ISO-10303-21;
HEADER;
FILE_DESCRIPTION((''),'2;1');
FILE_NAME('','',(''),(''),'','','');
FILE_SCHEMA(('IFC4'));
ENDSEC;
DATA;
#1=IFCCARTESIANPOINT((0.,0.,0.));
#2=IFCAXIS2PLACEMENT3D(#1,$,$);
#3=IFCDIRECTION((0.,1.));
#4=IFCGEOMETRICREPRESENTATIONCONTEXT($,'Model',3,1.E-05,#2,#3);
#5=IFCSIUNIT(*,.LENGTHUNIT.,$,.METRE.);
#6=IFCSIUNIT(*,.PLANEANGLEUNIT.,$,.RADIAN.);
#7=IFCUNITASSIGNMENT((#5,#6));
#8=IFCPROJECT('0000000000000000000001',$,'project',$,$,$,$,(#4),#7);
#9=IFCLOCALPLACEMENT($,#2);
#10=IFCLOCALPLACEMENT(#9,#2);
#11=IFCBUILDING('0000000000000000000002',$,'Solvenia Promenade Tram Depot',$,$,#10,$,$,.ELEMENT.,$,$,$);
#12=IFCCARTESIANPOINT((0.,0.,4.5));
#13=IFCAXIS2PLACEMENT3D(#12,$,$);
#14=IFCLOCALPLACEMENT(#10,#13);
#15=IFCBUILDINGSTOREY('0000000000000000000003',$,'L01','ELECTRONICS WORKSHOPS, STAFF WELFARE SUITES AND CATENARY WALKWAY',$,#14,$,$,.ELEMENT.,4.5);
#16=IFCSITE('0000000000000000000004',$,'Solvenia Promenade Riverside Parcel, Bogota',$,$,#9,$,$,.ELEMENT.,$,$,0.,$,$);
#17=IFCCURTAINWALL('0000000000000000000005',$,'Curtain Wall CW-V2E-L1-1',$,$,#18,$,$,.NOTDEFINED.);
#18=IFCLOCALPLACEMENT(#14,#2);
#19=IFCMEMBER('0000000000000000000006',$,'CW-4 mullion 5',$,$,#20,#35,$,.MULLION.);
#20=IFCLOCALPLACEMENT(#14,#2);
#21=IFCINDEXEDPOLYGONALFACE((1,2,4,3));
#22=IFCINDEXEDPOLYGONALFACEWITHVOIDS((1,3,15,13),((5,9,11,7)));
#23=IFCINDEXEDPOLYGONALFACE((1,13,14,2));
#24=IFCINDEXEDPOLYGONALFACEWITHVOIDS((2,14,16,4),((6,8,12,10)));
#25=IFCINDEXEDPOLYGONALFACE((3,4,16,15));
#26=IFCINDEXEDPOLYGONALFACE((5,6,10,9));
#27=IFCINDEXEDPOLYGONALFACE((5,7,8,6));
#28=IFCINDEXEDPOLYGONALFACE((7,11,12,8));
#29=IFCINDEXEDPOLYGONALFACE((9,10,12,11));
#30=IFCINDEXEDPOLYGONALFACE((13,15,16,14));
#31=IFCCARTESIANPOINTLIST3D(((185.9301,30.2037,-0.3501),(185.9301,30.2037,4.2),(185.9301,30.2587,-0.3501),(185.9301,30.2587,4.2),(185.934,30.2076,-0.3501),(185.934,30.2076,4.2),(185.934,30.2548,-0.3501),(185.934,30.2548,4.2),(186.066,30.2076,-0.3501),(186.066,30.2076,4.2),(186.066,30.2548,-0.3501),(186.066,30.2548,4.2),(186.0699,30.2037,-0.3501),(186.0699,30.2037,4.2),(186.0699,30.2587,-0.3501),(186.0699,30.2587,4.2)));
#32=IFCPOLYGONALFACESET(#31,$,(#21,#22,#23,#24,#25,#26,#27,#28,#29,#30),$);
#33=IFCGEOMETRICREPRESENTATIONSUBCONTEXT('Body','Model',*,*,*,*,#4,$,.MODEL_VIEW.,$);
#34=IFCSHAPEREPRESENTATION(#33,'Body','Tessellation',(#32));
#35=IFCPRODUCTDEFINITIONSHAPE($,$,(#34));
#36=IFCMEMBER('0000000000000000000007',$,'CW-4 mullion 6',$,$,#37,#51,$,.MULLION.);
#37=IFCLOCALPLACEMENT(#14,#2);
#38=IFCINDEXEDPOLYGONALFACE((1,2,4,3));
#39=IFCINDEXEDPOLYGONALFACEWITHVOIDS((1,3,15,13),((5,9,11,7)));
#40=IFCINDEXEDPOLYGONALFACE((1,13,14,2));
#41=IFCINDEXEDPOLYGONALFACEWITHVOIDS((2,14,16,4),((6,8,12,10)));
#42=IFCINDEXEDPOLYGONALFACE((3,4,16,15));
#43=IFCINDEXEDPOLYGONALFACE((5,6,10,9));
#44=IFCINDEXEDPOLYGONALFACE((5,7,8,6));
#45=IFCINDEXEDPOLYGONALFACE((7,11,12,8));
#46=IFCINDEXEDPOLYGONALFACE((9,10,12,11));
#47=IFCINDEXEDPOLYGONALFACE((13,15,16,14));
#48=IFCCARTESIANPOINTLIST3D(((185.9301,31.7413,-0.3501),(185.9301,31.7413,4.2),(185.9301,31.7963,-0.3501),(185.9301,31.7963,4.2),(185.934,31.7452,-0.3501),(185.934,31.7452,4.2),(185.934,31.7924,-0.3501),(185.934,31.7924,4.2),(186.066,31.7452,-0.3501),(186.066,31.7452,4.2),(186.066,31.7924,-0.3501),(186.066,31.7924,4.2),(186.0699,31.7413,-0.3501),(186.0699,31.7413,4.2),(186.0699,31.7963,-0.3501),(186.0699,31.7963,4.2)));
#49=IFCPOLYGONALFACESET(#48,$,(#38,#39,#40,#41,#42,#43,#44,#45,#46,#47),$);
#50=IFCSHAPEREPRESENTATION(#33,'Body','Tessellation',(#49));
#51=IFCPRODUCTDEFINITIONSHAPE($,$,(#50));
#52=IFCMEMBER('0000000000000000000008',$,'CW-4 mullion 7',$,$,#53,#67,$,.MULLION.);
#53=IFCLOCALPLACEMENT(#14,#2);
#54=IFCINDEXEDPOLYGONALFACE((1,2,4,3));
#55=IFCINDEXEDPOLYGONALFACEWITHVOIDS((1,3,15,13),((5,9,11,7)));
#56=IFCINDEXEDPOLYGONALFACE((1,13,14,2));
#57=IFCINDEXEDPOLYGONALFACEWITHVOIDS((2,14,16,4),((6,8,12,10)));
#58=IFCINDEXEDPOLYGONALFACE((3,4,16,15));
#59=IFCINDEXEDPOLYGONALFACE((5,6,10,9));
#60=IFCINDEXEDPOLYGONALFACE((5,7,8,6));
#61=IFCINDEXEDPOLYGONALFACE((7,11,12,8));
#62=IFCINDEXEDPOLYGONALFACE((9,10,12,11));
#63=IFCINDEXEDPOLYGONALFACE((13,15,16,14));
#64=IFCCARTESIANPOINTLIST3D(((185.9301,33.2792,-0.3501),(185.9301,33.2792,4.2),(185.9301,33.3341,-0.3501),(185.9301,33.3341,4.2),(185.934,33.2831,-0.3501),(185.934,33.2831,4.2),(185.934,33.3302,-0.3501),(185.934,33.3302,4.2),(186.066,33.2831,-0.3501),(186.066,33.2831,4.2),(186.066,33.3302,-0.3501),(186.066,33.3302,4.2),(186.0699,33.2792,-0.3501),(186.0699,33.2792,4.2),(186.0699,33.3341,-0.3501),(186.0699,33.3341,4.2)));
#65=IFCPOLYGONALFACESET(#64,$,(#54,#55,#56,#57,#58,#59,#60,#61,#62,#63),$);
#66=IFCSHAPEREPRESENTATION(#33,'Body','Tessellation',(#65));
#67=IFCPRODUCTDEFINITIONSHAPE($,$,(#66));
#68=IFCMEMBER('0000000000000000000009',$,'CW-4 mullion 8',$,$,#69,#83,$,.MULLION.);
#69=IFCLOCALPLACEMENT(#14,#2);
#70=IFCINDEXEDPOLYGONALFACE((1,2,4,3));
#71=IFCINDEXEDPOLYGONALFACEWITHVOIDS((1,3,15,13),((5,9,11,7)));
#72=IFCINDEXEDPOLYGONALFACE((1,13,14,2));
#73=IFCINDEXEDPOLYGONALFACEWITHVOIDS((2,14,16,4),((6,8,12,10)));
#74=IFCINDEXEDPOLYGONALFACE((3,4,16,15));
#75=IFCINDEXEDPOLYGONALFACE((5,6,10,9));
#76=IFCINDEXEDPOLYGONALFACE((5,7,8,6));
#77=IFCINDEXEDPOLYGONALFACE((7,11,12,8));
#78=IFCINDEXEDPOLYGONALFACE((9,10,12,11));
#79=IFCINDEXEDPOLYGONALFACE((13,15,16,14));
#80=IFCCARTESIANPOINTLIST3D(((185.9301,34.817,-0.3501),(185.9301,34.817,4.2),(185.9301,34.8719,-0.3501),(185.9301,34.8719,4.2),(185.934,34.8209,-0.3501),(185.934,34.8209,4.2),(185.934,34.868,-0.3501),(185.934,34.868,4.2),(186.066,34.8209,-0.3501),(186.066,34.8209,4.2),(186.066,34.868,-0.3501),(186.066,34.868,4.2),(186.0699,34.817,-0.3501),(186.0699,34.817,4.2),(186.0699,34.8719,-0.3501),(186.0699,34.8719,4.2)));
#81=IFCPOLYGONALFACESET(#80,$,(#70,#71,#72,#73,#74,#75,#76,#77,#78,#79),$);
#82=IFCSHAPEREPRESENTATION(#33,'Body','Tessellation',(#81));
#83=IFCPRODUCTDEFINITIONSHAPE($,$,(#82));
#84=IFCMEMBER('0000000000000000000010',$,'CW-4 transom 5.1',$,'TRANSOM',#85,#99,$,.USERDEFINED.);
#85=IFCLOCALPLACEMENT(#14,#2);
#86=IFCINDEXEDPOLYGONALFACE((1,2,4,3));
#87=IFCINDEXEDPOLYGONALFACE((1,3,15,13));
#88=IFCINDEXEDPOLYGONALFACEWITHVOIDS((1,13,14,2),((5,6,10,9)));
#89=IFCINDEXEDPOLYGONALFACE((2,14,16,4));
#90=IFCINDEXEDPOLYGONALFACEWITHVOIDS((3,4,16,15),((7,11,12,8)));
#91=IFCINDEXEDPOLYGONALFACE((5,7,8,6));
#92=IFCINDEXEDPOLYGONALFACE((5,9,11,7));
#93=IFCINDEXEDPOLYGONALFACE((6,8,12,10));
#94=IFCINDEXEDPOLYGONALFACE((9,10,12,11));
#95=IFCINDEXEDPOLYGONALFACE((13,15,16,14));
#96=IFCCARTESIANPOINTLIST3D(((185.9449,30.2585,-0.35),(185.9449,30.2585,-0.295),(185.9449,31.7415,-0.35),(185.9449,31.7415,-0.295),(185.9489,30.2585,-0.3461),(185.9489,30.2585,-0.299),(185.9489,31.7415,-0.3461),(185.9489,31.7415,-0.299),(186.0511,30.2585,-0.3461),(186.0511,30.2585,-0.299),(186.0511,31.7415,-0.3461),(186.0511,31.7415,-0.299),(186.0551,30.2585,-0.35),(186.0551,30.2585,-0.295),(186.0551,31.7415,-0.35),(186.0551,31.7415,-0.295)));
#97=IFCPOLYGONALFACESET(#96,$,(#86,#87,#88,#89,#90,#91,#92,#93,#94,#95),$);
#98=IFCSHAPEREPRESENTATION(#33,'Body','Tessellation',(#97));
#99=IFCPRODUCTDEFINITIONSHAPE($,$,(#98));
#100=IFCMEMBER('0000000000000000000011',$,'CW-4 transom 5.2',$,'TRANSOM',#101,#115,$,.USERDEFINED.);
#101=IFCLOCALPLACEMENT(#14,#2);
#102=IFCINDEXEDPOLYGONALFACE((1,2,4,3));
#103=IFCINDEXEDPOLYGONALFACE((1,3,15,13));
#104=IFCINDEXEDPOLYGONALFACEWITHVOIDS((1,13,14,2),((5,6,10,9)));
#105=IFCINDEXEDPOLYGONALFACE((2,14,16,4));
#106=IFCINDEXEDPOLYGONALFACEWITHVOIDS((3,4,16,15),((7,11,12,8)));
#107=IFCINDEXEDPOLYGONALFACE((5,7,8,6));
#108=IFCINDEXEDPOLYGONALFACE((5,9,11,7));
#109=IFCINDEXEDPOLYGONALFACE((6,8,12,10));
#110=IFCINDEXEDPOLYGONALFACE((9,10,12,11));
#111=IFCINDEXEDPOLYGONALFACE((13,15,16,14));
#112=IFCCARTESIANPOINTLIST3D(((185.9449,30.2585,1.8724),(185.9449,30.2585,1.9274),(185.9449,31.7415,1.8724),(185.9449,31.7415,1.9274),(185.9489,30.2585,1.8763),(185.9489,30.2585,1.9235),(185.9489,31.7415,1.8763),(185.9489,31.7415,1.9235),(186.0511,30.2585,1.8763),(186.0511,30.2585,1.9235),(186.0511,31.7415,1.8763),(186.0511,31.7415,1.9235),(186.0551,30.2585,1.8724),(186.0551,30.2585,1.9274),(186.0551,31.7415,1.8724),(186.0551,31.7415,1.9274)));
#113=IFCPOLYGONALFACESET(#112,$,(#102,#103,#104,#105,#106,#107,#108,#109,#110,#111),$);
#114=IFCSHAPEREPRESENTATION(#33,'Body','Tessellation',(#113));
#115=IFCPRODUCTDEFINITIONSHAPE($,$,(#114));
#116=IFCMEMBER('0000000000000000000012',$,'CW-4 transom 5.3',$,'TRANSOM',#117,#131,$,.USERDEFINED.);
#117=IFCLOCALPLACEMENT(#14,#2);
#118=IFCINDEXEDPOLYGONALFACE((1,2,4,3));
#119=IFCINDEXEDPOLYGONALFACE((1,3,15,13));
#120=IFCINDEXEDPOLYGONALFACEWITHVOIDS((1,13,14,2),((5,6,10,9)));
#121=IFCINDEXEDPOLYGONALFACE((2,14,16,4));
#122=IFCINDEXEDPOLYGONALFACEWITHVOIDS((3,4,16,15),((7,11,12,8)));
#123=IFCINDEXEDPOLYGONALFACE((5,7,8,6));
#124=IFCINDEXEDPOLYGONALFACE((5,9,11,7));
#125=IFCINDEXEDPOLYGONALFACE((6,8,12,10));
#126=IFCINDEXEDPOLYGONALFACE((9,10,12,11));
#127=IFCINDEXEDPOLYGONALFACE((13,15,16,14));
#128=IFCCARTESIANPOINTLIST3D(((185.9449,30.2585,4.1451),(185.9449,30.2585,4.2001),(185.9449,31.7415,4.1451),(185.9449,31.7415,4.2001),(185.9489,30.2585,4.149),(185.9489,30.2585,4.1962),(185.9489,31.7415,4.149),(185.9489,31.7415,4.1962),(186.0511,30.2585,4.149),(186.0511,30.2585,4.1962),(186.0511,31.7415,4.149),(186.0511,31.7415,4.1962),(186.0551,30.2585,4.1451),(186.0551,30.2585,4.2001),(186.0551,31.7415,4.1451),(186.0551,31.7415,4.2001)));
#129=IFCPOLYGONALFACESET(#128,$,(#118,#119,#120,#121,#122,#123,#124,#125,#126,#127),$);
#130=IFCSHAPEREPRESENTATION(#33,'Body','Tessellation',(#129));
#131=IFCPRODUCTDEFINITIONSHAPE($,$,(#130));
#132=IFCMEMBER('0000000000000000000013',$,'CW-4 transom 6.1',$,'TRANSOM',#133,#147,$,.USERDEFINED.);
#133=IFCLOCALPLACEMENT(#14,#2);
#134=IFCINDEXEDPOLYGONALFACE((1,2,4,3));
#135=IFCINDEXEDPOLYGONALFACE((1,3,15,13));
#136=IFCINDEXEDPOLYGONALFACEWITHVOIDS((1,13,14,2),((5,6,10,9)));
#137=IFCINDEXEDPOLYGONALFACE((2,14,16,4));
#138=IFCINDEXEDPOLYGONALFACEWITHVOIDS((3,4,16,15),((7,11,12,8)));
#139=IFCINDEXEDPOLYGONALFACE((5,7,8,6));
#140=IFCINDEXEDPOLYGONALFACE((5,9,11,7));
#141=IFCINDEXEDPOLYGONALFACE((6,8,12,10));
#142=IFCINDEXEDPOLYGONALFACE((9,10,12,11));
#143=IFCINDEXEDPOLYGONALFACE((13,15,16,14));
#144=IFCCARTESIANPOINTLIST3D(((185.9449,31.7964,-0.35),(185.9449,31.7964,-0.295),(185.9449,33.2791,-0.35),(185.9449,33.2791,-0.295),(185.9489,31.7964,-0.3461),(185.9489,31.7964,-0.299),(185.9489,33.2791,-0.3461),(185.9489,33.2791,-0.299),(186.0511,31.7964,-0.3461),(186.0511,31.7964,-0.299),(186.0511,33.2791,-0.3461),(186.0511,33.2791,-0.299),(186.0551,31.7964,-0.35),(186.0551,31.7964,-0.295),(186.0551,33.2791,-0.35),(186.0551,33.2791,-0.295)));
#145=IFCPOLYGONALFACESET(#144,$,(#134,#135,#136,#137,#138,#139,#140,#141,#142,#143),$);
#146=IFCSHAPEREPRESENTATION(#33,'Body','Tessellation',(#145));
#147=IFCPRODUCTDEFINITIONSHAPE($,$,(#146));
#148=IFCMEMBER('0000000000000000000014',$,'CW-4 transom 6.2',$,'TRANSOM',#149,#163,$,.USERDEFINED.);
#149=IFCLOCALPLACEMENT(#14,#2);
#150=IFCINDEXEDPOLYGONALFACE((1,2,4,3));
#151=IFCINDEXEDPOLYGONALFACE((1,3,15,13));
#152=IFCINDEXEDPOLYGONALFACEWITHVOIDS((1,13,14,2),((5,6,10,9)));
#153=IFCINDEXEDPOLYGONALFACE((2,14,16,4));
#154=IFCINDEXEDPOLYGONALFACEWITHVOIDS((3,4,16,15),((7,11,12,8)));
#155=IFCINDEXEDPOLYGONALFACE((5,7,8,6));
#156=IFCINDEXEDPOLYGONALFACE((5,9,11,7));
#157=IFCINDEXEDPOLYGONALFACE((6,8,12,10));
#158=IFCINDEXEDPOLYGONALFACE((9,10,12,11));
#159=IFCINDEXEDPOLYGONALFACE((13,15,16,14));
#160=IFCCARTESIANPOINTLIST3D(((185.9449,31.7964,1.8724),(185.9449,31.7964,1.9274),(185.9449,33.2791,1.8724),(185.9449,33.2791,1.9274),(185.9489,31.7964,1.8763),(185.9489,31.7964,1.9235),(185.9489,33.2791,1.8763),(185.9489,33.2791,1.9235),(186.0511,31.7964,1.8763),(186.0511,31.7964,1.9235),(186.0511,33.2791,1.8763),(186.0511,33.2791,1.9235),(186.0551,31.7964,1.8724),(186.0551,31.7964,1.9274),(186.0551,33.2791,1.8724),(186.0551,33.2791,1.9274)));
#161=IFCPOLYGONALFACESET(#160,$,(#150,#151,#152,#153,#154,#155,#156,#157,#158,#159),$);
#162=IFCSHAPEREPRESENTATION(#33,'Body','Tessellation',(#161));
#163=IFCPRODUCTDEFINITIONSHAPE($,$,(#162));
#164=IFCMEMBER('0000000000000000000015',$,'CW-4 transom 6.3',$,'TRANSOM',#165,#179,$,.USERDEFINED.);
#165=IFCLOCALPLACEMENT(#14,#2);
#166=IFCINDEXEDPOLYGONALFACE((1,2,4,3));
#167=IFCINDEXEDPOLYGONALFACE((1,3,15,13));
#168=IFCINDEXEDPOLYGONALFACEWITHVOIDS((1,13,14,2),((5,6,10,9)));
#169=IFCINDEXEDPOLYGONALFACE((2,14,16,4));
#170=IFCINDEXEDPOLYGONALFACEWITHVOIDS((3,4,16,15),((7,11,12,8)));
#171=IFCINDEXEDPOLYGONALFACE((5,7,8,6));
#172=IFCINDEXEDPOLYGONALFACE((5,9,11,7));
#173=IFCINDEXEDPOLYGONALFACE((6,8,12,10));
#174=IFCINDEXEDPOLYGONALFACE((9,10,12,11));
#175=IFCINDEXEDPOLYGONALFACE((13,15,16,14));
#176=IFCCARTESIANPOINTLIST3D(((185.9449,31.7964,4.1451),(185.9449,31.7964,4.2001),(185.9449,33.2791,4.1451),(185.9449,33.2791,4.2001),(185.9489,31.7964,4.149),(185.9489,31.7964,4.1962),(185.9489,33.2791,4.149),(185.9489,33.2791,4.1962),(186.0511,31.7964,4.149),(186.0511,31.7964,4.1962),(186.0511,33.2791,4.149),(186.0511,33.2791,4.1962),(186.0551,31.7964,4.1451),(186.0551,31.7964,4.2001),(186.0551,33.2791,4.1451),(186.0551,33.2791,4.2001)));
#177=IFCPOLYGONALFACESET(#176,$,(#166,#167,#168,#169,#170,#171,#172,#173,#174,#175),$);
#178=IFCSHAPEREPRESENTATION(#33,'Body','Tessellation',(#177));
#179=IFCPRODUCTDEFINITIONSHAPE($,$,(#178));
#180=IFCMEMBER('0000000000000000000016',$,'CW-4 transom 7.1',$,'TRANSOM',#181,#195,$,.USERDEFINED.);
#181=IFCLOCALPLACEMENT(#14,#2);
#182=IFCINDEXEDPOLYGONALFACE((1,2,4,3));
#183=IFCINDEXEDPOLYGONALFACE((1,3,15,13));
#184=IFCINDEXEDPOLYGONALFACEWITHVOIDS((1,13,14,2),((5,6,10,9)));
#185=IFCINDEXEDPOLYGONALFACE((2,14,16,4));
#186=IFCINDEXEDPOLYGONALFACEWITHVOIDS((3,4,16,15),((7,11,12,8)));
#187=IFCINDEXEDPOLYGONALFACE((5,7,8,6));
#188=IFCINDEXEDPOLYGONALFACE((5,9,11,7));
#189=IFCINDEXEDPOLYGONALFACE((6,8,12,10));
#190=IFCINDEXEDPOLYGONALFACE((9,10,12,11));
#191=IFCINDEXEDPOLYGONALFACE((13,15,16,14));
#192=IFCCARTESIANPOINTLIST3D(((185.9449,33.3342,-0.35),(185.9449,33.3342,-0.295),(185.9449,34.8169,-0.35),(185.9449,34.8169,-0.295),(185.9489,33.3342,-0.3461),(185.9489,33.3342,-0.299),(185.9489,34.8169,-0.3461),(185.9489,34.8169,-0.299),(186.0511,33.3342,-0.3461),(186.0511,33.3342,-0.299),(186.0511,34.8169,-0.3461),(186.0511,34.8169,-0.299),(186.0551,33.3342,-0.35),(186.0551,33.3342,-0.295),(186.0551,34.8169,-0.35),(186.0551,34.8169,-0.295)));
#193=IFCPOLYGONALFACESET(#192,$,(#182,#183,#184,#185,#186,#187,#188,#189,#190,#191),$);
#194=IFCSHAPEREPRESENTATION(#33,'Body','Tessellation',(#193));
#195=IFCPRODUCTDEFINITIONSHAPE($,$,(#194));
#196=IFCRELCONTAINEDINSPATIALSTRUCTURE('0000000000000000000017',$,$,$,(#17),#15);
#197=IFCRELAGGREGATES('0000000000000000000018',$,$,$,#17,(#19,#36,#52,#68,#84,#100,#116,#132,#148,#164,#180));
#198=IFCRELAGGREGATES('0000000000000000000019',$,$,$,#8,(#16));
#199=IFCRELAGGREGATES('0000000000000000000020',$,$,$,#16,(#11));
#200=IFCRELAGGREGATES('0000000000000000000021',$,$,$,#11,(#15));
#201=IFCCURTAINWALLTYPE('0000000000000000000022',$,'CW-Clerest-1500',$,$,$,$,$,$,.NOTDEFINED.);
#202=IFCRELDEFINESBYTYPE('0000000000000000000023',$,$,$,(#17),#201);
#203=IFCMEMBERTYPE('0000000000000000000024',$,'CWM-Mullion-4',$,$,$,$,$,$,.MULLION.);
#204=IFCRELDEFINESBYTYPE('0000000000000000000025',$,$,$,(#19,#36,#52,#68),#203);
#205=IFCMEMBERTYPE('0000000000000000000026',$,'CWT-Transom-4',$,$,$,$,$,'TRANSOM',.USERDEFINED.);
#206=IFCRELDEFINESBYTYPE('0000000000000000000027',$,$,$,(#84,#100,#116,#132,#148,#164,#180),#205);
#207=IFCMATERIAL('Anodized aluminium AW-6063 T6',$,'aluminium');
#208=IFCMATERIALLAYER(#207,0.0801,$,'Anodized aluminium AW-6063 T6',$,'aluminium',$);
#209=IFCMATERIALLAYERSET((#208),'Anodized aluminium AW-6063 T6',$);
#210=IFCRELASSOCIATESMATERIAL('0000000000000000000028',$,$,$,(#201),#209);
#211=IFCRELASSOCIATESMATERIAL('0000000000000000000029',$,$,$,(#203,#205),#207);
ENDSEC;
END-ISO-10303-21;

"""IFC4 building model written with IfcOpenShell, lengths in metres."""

from ifc_helpers import new_model, si_unit, direction, frame, origin, origin_2d, place, context, subcontext, project, spatial, hollow_rectangle, extrude, material, layer, layer_set, material_profile, profile_set, type_object, element, aggregate, save


model = new_model("IFC4")

# Units and contexts
model_context = context("Model", 3, precision=1e-05, world=origin(), true_north=direction((0.0, 1.0)))
body_context = subcontext(model_context, "Body", "Model", "MODEL_VIEW")
ifc_project = project(units=[si_unit("LENGTHUNIT", "METRE"), si_unit("PLANEANGLEUNIT", "RADIAN")], contexts=[model_context])

# Site, building, storey
site_placement = place(None, origin())
site = spatial("IfcSite", under=ifc_project, at=site_placement, Name="Solvenia Promenade Riverside Parcel, Bogota", CompositionType="ELEMENT", RefElevation=0.0)
building_placement = place(site_placement, origin())
building = spatial("IfcBuilding", under=site, at=building_placement, Name="Solvenia Promenade Tram Depot", CompositionType="ELEMENT")
storey_placement = place(building_placement, frame((0.0, 0.0, 4.5)))
storey = spatial("IfcBuildingStorey", under=building, at=storey_placement, Name="L01", Description="ELECTRONICS WORKSHOPS, STAFF WELFARE SUITES AND CATENARY WALKWAY", CompositionType="ELEMENT", Elevation=4.5)

# Curtain wall, members
ifc_material_1 = material(Name="Anodized aluminium AW-6063 T6", Category="aluminium")
ifc_layer_1 = layer(ifc_material_1, 0.0801, Name="Anodized aluminium AW-6063 T6", Category="aluminium")
ifc_layer_set_1 = layer_set([ifc_layer_1], Name="Anodized aluminium AW-6063 T6")
curtain_wall_type = type_object("IfcCurtainWallType", Name="CW-Clerest-1500", PredefinedType="NOTDEFINED", material=ifc_layer_set_1)
curtain_wall_placement = place(storey_placement, origin())
curtain_wall = element("IfcCurtainWall", 1, at=curtain_wall_placement, inside=storey, type_object=curtain_wall_type, Name="Curtain Wall CW-V2E-L1-1", PredefinedType="NOTDEFINED")
ifc_material_profile_1 = material_profile(ifc_material_1, hollow_rectangle(XDim=0.1399, YDim=0.0549, WallThickness=0.0039, at=origin_2d()), Name="ALU-M4", Category="aluminium")
ifc_profile_set_1 = profile_set([ifc_material_profile_1], Name="Anodized aluminium AW-6063 T6")
member_type_1 = type_object("IfcMemberType", Name="CWM-Mullion-4", PredefinedType="MULLION", material=ifc_profile_set_1)
member_1_placement = place(storey_placement, frame((186.0, 30.2312, -0.3501), z_axis=(0.0, 0.0, 1.0), x_axis=(-1.0, 0.0, 0.0)))
member_1 = element("IfcMember", 2, at=member_1_placement, type_object=member_type_1, Name="CW-4 mullion 5", PredefinedType="MULLION", context=body_context, shape_type="SweptSolid", body=[
    extrude(hollow_rectangle(XDim=0.1399, YDim=0.0549, WallThickness=0.0039, at=origin_2d()), origin(), (0.0, 0.0, 1.0), 4.55),
])
member_2_placement = place(storey_placement, frame((186.0, 31.7688, -0.3501), z_axis=(0.0, 0.0, 1.0), x_axis=(-1.0, 0.0, 0.0)))
member_2 = element("IfcMember", 3, at=member_2_placement, type_object=member_type_1, Name="CW-4 mullion 6", PredefinedType="MULLION", context=body_context, shape_type="SweptSolid", body=[
    extrude(hollow_rectangle(XDim=0.1399, YDim=0.0549, WallThickness=0.0039, at=origin_2d()), origin(), (0.0, 0.0, 1.0), 4.55),
])
member_3_placement = place(storey_placement, frame((186.0, 33.3066, -0.3501), z_axis=(0.0, 0.0, 1.0), x_axis=(-1.0, 0.0, 0.0)))
member_3 = element("IfcMember", 4, at=member_3_placement, type_object=member_type_1, Name="CW-4 mullion 7", PredefinedType="MULLION", context=body_context, shape_type="SweptSolid", body=[
    extrude(hollow_rectangle(XDim=0.1399, YDim=0.0549, WallThickness=0.0039, at=origin_2d()), origin(), (0.0, 0.0, 1.0), 4.55),
])
member_4_placement = place(storey_placement, frame((186.0, 34.8445, -0.3501), z_axis=(0.0, 0.0, 1.0), x_axis=(-1.0, 0.0, 0.0)))
member_4 = element("IfcMember", 5, at=member_4_placement, type_object=member_type_1, Name="CW-4 mullion 8", PredefinedType="MULLION", context=body_context, shape_type="SweptSolid", body=[
    extrude(hollow_rectangle(XDim=0.1399, YDim=0.0549, WallThickness=0.0039, at=origin_2d()), origin(), (0.0, 0.0, 1.0), 4.55),
])
ifc_material_profile_2 = material_profile(ifc_material_1, hollow_rectangle(XDim=0.1101, YDim=0.0549, WallThickness=0.0039, at=origin_2d()), Name="ALU-T4", Category="aluminium")
ifc_profile_set_2 = profile_set([ifc_material_profile_2], Name="Anodized aluminium AW-6063 T6")
member_type_2 = type_object("IfcMemberType", Name="CWT-Transom-4", ElementType="TRANSOM", PredefinedType="USERDEFINED", material=ifc_profile_set_2)
member_5_placement = place(storey_placement, frame((186.0, 30.2585, -0.3225), z_axis=(0.0, 1.0, 0.0), x_axis=(-1.0, 0.0, 0.0)))
member_5 = element("IfcMember", 6, at=member_5_placement, type_object=member_type_2, Name="CW-4 transom 5.1", ObjectType="TRANSOM", PredefinedType="USERDEFINED", context=body_context, shape_type="SweptSolid", body=[
    extrude(hollow_rectangle(XDim=0.1101, YDim=0.0549, WallThickness=0.0039, at=origin_2d()), origin(), (0.0, 0.0, 1.0), 1.4829),
])
member_6_placement = place(storey_placement, frame((186.0, 30.2585, 1.8999), z_axis=(0.0, 1.0, 0.0), x_axis=(-1.0, 0.0, 0.0)))
member_6 = element("IfcMember", 7, at=member_6_placement, type_object=member_type_2, Name="CW-4 transom 5.2", ObjectType="TRANSOM", PredefinedType="USERDEFINED", context=body_context, shape_type="SweptSolid", body=[
    extrude(hollow_rectangle(XDim=0.1101, YDim=0.0549, WallThickness=0.0039, at=origin_2d()), origin(), (0.0, 0.0, 1.0), 1.4829),
])
member_7_placement = place(storey_placement, frame((186.0, 30.2585, 4.1726), z_axis=(0.0, 1.0, 0.0), x_axis=(-1.0, 0.0, 0.0)))
member_7 = element("IfcMember", 8, at=member_7_placement, type_object=member_type_2, Name="CW-4 transom 5.3", ObjectType="TRANSOM", PredefinedType="USERDEFINED", context=body_context, shape_type="SweptSolid", body=[
    extrude(hollow_rectangle(XDim=0.1101, YDim=0.0549, WallThickness=0.0039, at=origin_2d()), origin(), (0.0, 0.0, 1.0), 1.4829),
])
member_8_placement = place(storey_placement, frame((186.0, 31.7964, -0.3225), z_axis=(0.0, 1.0, 0.0), x_axis=(-1.0, 0.0, 0.0)))
member_8 = element("IfcMember", 9, at=member_8_placement, type_object=member_type_2, Name="CW-4 transom 6.1", ObjectType="TRANSOM", PredefinedType="USERDEFINED", context=body_context, shape_type="SweptSolid", body=[
    extrude(hollow_rectangle(XDim=0.1101, YDim=0.0549, WallThickness=0.0039, at=origin_2d()), origin(), (0.0, 0.0, 1.0), 1.4827),
])
member_9_placement = place(storey_placement, frame((186.0, 31.7964, 1.8999), z_axis=(0.0, 1.0, 0.0), x_axis=(-1.0, 0.0, 0.0)))
member_9 = element("IfcMember", 10, at=member_9_placement, type_object=member_type_2, Name="CW-4 transom 6.2", ObjectType="TRANSOM", PredefinedType="USERDEFINED", context=body_context, shape_type="SweptSolid", body=[
    extrude(hollow_rectangle(XDim=0.1101, YDim=0.0549, WallThickness=0.0039, at=origin_2d()), origin(), (0.0, 0.0, 1.0), 1.4827),
])
member_10_placement = place(storey_placement, frame((186.0, 31.7964, 4.1726), z_axis=(0.0, 1.0, 0.0), x_axis=(-1.0, 0.0, 0.0)))
member_10 = element("IfcMember", 11, at=member_10_placement, type_object=member_type_2, Name="CW-4 transom 6.3", ObjectType="TRANSOM", PredefinedType="USERDEFINED", context=body_context, shape_type="SweptSolid", body=[
    extrude(hollow_rectangle(XDim=0.1101, YDim=0.0549, WallThickness=0.0039, at=origin_2d()), origin(), (0.0, 0.0, 1.0), 1.4827),
])
member_11_placement = place(storey_placement, frame((186.0, 33.3342, -0.3225), z_axis=(0.0, 1.0, 0.0), x_axis=(-1.0, 0.0, 0.0)))
member_11 = element("IfcMember", 12, at=member_11_placement, type_object=member_type_2, Name="CW-4 transom 7.1", ObjectType="TRANSOM", PredefinedType="USERDEFINED", context=body_context, shape_type="SweptSolid", body=[
    extrude(hollow_rectangle(XDim=0.1101, YDim=0.0549, WallThickness=0.0039, at=origin_2d()), origin(), (0.0, 0.0, 1.0), 1.4827),
])
aggregate(curtain_wall, [member_1, member_2, member_3, member_4, member_5, member_6, member_7, member_8, member_9, member_10, member_11])

save(model, "model.ifc")
